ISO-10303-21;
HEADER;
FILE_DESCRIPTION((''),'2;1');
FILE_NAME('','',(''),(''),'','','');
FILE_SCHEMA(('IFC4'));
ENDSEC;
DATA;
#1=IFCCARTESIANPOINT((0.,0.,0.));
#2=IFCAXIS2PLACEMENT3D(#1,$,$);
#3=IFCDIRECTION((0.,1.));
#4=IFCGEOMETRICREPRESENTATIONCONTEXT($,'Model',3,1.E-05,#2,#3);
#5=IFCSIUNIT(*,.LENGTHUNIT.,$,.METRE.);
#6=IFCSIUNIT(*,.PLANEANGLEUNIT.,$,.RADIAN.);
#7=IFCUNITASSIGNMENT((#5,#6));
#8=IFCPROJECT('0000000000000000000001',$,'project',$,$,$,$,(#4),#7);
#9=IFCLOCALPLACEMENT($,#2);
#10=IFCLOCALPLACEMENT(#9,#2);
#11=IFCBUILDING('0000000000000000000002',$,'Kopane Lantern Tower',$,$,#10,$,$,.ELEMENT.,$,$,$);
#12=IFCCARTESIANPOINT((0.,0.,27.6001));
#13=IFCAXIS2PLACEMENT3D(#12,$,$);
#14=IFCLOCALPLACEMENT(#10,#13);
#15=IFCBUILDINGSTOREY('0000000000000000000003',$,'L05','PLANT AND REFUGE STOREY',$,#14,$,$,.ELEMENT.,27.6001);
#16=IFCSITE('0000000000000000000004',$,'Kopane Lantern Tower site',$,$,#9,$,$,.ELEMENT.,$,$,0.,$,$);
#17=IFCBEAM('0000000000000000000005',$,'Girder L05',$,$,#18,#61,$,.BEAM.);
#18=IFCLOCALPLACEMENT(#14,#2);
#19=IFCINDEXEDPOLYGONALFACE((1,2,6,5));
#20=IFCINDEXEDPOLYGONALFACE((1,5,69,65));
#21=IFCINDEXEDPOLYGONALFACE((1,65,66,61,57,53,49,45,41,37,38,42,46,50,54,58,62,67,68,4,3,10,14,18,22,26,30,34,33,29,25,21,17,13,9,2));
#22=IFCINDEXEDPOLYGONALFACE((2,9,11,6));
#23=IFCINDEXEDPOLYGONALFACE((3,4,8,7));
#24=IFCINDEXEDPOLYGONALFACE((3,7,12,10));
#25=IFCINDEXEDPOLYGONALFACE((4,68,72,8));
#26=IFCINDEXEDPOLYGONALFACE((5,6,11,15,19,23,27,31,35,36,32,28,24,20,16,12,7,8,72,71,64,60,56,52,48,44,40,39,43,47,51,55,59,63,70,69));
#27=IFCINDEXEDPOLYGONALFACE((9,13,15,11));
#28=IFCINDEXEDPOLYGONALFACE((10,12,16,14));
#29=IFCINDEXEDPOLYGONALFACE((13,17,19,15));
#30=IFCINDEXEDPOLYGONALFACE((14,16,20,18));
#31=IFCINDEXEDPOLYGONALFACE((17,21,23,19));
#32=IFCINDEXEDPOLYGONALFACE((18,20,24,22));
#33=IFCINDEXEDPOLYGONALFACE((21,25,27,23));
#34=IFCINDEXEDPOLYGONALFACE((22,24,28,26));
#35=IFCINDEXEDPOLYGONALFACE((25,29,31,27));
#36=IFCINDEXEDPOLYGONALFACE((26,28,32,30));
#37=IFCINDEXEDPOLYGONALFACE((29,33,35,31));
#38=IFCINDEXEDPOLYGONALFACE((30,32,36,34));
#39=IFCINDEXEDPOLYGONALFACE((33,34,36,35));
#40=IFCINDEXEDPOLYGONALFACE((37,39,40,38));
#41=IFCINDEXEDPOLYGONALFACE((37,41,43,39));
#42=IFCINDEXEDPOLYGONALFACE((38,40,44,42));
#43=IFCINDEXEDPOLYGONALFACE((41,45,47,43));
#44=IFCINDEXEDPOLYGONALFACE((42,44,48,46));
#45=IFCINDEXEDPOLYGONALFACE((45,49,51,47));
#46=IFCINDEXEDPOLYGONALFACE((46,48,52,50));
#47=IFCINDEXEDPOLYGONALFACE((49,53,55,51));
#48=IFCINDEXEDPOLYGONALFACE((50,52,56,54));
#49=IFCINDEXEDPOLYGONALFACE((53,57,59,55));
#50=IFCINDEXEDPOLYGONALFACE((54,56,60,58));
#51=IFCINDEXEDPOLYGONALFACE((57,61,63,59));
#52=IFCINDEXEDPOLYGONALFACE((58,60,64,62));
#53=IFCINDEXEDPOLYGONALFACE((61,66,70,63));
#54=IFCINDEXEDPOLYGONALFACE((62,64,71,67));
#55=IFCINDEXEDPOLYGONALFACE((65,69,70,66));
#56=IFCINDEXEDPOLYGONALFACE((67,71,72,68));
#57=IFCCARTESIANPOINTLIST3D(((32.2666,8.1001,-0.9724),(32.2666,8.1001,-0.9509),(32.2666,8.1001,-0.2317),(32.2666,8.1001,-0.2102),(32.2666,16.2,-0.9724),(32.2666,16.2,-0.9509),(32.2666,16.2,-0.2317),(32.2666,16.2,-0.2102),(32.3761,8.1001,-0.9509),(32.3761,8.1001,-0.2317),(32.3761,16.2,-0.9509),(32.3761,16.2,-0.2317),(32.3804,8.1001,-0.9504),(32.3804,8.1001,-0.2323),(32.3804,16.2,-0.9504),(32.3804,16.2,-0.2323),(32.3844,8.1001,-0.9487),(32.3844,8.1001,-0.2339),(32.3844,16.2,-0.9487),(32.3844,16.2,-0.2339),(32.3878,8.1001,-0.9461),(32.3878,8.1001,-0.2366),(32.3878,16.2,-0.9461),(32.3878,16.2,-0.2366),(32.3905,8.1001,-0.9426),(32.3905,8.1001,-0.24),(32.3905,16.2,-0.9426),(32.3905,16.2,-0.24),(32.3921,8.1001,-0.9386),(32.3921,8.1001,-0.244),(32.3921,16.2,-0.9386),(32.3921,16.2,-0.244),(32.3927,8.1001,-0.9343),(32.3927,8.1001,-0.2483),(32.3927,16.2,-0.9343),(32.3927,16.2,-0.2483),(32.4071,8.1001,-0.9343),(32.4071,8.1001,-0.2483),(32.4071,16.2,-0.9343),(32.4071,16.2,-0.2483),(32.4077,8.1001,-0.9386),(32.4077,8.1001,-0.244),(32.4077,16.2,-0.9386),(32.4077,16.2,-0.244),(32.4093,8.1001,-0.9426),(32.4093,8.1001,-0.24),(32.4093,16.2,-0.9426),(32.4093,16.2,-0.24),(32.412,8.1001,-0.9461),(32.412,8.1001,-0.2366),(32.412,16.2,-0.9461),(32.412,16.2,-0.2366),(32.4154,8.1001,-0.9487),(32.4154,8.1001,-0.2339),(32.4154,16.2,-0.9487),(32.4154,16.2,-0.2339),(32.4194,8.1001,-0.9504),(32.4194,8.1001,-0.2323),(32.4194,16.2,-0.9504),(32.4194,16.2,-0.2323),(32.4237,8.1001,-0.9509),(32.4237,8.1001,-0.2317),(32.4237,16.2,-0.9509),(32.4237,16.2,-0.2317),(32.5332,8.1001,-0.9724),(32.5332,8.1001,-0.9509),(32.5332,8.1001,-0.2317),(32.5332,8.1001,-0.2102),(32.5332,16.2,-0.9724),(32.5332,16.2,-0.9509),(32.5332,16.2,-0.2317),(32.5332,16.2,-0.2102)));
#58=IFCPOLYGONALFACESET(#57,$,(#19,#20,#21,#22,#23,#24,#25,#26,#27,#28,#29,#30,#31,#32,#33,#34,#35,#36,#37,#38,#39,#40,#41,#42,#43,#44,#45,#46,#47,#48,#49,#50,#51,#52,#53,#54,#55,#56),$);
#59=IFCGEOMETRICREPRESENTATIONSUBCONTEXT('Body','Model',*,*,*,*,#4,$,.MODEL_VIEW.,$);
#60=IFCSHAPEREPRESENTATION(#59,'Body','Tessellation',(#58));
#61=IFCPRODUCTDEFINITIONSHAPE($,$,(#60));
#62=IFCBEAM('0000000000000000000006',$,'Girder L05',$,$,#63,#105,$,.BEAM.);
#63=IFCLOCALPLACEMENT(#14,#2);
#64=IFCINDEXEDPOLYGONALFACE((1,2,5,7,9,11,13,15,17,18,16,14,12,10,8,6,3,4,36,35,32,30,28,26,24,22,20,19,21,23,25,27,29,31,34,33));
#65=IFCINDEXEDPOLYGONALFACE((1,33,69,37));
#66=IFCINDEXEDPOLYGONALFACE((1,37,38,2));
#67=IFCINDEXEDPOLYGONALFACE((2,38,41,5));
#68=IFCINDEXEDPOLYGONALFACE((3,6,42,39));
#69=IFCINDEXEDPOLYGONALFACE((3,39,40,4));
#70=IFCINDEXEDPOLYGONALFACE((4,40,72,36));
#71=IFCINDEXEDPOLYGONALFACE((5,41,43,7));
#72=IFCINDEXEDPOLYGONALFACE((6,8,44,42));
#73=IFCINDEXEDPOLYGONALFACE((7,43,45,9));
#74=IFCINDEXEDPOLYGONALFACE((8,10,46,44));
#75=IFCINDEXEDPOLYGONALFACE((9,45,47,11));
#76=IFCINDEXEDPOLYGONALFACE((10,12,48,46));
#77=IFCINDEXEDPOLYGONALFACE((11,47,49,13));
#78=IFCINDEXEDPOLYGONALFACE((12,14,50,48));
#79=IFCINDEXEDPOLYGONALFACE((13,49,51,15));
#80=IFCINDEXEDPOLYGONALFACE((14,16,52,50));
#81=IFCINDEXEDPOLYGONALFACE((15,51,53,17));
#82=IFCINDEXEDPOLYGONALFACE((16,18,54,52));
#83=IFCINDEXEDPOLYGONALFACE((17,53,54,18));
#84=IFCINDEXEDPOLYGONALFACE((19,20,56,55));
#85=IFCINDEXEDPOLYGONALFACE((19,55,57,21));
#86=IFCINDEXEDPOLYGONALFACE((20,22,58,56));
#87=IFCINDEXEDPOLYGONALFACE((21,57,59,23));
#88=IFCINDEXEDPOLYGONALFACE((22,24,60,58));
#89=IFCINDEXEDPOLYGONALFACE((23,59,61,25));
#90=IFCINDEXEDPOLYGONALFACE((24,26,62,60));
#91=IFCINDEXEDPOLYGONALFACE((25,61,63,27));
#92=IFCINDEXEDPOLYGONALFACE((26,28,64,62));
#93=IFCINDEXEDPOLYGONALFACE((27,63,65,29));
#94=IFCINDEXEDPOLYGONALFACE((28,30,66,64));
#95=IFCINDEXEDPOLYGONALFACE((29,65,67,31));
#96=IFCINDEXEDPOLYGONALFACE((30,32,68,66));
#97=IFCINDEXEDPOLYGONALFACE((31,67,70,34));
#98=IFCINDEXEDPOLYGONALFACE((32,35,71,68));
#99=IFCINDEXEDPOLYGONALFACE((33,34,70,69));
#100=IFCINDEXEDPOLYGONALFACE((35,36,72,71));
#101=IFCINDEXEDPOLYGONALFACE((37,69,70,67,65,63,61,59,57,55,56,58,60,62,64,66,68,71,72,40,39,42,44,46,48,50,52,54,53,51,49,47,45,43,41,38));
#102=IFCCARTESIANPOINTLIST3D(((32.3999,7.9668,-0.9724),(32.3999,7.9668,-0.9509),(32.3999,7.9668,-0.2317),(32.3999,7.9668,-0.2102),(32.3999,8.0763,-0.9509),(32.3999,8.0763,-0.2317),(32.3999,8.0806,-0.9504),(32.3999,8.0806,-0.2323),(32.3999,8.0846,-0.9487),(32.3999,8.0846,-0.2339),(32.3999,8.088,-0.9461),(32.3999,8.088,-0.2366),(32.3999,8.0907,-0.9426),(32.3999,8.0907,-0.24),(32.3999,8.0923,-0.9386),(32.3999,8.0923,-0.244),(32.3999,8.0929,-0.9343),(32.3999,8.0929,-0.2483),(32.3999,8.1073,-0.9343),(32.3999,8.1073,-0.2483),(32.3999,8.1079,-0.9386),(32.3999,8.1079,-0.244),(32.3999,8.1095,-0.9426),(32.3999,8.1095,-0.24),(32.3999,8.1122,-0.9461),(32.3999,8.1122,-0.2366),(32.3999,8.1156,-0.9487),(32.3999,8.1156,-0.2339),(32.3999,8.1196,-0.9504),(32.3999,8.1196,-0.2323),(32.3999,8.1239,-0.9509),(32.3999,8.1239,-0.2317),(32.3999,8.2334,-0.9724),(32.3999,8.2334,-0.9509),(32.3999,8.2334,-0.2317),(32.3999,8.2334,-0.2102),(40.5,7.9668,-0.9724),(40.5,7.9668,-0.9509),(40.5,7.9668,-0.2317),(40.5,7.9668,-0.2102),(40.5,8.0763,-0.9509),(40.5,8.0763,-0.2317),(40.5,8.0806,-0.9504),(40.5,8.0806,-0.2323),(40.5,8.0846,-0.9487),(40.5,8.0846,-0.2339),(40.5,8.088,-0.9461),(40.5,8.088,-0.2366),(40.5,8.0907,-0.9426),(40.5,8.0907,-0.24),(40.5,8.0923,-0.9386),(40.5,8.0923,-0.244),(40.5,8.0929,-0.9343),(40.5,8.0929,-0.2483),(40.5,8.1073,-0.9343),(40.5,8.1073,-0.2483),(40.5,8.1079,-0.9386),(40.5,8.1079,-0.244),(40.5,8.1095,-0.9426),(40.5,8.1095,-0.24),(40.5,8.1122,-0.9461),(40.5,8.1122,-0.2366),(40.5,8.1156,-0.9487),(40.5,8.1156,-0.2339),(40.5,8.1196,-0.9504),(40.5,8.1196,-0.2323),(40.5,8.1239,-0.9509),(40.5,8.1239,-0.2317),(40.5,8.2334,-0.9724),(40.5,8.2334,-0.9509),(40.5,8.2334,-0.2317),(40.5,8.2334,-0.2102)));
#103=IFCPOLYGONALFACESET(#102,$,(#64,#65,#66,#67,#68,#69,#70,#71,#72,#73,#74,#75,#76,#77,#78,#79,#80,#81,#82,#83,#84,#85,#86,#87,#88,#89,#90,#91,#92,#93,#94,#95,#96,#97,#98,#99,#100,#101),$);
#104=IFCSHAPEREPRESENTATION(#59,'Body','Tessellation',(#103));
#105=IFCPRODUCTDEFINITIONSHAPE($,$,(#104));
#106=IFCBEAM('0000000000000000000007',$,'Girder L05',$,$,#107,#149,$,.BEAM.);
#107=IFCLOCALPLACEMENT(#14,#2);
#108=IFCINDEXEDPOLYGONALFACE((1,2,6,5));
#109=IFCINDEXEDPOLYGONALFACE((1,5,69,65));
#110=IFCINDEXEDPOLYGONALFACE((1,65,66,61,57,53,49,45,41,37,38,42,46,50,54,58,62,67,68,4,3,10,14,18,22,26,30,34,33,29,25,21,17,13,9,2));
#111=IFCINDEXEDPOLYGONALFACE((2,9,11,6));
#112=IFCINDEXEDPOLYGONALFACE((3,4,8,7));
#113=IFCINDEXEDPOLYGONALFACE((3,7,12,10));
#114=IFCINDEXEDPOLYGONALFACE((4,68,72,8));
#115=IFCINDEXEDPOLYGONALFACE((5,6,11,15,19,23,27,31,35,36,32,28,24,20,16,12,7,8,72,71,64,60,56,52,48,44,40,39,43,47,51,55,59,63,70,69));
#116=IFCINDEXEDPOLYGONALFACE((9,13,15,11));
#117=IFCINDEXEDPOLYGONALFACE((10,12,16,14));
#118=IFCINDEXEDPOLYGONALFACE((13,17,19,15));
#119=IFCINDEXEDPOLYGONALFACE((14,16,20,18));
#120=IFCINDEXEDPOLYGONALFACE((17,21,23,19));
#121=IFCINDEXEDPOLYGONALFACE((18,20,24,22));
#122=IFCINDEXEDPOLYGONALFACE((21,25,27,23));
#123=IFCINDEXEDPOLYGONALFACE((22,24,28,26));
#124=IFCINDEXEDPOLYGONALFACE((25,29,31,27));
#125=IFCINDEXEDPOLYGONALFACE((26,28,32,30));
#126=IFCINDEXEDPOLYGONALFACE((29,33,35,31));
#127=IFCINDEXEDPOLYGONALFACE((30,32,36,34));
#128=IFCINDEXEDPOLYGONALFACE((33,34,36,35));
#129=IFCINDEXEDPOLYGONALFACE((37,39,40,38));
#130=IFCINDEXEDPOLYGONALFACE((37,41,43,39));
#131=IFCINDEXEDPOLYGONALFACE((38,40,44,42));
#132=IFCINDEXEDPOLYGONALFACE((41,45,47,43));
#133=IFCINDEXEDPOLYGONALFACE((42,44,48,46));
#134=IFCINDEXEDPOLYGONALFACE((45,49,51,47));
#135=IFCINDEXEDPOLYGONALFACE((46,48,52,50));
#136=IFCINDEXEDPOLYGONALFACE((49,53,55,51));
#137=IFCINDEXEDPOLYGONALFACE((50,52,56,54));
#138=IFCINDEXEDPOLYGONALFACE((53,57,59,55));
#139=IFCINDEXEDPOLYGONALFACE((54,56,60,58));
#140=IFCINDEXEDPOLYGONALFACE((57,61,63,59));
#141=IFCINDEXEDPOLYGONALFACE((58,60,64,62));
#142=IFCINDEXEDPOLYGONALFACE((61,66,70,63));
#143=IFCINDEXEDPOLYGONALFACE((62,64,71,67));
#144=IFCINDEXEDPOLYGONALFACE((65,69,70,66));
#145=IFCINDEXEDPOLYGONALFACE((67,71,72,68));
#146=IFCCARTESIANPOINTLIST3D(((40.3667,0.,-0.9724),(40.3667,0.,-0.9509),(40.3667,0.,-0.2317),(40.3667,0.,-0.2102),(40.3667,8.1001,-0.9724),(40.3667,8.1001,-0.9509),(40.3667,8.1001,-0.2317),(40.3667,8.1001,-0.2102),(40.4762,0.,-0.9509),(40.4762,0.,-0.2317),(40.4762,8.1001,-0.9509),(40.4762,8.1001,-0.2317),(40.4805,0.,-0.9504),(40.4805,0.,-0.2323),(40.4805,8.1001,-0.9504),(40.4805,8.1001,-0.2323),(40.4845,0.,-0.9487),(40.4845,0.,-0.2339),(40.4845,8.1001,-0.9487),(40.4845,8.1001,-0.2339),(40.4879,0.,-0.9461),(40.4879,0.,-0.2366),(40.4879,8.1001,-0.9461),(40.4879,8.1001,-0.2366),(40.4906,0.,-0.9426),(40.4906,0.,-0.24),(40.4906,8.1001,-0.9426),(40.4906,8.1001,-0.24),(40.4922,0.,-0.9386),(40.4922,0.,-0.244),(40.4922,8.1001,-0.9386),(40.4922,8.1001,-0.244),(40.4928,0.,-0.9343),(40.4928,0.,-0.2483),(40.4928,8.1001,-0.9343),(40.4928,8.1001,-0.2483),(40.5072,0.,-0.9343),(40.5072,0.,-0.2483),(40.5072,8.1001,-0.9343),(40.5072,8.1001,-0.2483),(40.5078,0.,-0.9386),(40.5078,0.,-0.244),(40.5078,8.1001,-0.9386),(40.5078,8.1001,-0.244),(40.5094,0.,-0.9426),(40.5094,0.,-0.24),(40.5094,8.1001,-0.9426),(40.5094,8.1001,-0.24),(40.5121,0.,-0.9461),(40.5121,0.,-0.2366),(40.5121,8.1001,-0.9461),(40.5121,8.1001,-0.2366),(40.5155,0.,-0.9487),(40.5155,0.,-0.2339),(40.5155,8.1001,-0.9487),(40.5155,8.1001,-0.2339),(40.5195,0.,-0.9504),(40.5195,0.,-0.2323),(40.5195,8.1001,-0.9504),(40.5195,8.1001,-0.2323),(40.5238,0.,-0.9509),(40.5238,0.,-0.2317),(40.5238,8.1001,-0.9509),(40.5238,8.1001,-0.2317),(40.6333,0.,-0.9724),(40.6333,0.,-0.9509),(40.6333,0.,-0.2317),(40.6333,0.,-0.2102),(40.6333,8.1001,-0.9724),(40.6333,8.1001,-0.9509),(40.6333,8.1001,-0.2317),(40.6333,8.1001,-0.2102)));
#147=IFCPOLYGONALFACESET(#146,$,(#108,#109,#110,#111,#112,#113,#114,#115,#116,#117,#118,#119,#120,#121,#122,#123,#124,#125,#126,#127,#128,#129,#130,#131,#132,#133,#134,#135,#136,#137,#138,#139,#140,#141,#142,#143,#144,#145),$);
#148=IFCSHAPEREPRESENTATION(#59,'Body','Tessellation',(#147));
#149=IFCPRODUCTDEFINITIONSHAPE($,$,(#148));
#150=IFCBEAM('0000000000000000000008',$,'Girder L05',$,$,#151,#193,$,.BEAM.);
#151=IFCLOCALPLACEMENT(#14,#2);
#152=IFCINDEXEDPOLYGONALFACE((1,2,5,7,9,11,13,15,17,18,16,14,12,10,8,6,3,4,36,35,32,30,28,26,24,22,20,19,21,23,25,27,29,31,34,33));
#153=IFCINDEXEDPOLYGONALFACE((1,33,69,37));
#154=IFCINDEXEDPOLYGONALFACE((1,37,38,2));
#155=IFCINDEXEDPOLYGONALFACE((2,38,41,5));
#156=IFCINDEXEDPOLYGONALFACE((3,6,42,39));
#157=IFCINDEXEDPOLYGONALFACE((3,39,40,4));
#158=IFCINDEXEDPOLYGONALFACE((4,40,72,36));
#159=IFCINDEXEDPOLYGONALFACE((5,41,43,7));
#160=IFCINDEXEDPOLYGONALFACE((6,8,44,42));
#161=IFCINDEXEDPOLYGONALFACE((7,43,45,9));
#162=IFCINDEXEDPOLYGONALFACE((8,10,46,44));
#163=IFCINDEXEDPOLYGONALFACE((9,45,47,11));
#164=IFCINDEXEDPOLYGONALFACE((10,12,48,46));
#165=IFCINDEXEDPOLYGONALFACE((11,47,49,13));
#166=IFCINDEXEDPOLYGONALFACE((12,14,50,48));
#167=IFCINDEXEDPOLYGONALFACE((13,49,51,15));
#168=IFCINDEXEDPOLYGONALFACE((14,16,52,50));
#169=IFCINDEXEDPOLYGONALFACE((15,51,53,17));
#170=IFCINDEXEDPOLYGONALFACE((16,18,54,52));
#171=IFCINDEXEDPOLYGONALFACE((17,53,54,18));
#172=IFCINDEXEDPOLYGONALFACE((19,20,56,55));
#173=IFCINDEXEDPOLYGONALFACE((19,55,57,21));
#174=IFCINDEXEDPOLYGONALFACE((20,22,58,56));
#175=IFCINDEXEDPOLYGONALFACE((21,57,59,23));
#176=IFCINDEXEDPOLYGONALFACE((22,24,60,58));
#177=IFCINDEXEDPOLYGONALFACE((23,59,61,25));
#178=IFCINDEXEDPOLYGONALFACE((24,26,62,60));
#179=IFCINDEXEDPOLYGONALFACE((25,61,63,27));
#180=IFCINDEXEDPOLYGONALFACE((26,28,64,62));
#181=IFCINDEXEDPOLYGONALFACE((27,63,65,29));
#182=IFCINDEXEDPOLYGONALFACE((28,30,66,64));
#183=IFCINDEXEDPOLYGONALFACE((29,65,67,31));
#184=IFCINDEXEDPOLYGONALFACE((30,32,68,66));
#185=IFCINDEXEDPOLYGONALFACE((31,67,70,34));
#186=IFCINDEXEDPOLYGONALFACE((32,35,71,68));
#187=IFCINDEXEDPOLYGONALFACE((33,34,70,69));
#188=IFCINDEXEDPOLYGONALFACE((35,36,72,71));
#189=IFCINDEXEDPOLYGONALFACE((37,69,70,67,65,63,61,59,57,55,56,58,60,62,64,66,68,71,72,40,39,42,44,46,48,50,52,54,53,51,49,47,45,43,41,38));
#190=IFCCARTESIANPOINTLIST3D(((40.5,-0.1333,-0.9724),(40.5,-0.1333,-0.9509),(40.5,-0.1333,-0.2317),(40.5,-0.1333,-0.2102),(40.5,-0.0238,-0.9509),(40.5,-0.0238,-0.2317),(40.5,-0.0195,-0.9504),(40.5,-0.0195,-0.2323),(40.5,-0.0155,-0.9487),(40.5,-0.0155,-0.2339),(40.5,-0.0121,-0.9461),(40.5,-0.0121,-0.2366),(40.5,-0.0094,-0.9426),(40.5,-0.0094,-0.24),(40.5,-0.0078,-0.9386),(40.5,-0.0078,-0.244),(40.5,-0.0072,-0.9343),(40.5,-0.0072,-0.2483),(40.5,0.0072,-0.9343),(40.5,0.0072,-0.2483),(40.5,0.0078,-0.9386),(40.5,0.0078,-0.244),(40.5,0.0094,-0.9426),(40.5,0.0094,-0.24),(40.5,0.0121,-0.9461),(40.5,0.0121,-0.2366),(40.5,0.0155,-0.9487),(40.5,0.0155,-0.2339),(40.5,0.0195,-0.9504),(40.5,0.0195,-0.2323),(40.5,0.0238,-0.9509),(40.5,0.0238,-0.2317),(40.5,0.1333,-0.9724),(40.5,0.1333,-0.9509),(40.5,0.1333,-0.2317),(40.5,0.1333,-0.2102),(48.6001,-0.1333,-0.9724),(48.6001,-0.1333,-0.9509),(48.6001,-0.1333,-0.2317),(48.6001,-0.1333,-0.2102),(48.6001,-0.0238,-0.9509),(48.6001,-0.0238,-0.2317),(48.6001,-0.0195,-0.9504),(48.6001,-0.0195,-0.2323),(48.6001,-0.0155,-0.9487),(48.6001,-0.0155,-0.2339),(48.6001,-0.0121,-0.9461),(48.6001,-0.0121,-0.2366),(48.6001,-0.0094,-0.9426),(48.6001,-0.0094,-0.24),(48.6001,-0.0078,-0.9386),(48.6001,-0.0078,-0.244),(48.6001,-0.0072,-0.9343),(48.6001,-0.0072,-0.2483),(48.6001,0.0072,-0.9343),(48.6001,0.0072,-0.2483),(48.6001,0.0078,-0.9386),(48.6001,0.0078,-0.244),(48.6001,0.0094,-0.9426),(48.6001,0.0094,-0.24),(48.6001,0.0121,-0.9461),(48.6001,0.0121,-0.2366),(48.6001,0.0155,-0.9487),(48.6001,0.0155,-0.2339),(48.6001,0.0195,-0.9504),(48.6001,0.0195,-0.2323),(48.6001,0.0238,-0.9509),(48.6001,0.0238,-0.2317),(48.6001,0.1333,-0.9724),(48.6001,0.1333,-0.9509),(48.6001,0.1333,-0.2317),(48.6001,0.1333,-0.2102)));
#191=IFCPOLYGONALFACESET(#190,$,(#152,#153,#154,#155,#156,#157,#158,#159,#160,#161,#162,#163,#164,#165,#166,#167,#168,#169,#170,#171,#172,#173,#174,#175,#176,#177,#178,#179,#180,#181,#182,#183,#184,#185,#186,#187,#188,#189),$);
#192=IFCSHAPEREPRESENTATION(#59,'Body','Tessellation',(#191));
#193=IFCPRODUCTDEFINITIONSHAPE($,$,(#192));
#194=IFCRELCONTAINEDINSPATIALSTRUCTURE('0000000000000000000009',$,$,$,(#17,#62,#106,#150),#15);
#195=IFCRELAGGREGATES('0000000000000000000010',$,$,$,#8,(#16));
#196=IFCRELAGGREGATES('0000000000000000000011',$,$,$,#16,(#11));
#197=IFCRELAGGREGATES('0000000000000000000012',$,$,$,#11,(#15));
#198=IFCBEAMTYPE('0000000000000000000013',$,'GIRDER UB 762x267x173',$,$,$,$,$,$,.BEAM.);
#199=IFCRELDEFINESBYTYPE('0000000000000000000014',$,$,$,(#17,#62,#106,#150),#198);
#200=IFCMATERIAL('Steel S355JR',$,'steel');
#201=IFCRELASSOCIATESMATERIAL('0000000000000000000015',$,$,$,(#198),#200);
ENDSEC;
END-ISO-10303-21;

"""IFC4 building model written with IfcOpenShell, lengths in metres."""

from ifc_helpers import new_model, si_unit, direction, frame, origin, origin_2d, place, context, subcontext, project, spatial, i_section, extrude, material, material_profile, profile_set, type_object, element, save


model = new_model("IFC4")

# Units and contexts
model_context = context("Model", 3, precision=1e-05, world=origin(), true_north=direction((0.0, 1.0)))
body_context = subcontext(model_context, "Body", "Model", "MODEL_VIEW")
ifc_project = project(units=[si_unit("LENGTHUNIT", "METRE"), si_unit("PLANEANGLEUNIT", "RADIAN")], contexts=[model_context])

# Site, building, storey
site_placement = place(None, origin())
site = spatial("IfcSite", under=ifc_project, at=site_placement, Name="Kopane Lantern Tower site", CompositionType="ELEMENT", RefElevation=0.0)
building_placement = place(site_placement, origin())
building = spatial("IfcBuilding", under=site, at=building_placement, Name="Kopane Lantern Tower", CompositionType="ELEMENT")
storey_placement = place(building_placement, frame((0.0, 0.0, 27.6001)))
storey = spatial("IfcBuildingStorey", under=building, at=storey_placement, Name="L05", Description="PLANT AND REFUGE STOREY", CompositionType="ELEMENT", Elevation=27.6001)

# Beams
ifc_material_1 = material(Name="Steel S355JR", Category="steel")
ifc_material_profile_1 = material_profile(ifc_material_1, i_section(OverallWidth=0.2666, OverallDepth=0.7622, WebThickness=0.0144, FlangeThickness=0.0215, FilletRadius=0.0166, at=origin_2d()), Name="UB 762x267x173")
ifc_profile_set_1 = profile_set([ifc_material_profile_1], Name="Steel S355JR")
beam_type = type_object("IfcBeamType", Name="GIRDER UB 762x267x173", PredefinedType="BEAM", material=ifc_profile_set_1)
beam_1_placement = place(storey_placement, frame((32.3999, 8.1001, -0.5913), z_axis=(0.0, 1.0, 0.0), x_axis=(-1.0, 0.0, 0.0)))
element("IfcBeam", 1, at=beam_1_placement, inside=storey, type_object=beam_type, Name="Girder L05", PredefinedType="BEAM", context=body_context, shape_type="SweptSolid", body=[
    extrude(i_section(OverallWidth=0.2666, OverallDepth=0.7622, WebThickness=0.0144, FlangeThickness=0.0215, FilletRadius=0.0166, at=origin_2d()), origin(), (0.0, 0.0, 1.0), 8.0999),
])
for number, where, z_axis, x_axis, name in (
    (2, (32.3999, 8.1001, -0.5913), (1.0, 0.0, 0.0), (0.0, 1.0, 0.0), "Girder L05"),
    (3, (40.5, 0.0, -0.5913), (0.0, 1.0, 0.0), (-1.0, 0.0, 0.0), "Girder L05"),
    (4, (40.5, 0.0, -0.5913), (1.0, 0.0, 0.0), (0.0, 1.0, 0.0), "Girder L05"),
):
    element("IfcBeam", number, at=place(storey_placement, frame(where, z_axis=z_axis, x_axis=x_axis)), inside=storey, type_object=beam_type, Name=name, PredefinedType="BEAM", context=body_context, shape_type="SweptSolid", body=[
        extrude(i_section(OverallWidth=0.2666, OverallDepth=0.7622, WebThickness=0.0144, FlangeThickness=0.0215, FilletRadius=0.0166, at=origin_2d()), origin(), (0.0, 0.0, 1.0), 8.1001),
    ])

save(model, "model.ifc")
